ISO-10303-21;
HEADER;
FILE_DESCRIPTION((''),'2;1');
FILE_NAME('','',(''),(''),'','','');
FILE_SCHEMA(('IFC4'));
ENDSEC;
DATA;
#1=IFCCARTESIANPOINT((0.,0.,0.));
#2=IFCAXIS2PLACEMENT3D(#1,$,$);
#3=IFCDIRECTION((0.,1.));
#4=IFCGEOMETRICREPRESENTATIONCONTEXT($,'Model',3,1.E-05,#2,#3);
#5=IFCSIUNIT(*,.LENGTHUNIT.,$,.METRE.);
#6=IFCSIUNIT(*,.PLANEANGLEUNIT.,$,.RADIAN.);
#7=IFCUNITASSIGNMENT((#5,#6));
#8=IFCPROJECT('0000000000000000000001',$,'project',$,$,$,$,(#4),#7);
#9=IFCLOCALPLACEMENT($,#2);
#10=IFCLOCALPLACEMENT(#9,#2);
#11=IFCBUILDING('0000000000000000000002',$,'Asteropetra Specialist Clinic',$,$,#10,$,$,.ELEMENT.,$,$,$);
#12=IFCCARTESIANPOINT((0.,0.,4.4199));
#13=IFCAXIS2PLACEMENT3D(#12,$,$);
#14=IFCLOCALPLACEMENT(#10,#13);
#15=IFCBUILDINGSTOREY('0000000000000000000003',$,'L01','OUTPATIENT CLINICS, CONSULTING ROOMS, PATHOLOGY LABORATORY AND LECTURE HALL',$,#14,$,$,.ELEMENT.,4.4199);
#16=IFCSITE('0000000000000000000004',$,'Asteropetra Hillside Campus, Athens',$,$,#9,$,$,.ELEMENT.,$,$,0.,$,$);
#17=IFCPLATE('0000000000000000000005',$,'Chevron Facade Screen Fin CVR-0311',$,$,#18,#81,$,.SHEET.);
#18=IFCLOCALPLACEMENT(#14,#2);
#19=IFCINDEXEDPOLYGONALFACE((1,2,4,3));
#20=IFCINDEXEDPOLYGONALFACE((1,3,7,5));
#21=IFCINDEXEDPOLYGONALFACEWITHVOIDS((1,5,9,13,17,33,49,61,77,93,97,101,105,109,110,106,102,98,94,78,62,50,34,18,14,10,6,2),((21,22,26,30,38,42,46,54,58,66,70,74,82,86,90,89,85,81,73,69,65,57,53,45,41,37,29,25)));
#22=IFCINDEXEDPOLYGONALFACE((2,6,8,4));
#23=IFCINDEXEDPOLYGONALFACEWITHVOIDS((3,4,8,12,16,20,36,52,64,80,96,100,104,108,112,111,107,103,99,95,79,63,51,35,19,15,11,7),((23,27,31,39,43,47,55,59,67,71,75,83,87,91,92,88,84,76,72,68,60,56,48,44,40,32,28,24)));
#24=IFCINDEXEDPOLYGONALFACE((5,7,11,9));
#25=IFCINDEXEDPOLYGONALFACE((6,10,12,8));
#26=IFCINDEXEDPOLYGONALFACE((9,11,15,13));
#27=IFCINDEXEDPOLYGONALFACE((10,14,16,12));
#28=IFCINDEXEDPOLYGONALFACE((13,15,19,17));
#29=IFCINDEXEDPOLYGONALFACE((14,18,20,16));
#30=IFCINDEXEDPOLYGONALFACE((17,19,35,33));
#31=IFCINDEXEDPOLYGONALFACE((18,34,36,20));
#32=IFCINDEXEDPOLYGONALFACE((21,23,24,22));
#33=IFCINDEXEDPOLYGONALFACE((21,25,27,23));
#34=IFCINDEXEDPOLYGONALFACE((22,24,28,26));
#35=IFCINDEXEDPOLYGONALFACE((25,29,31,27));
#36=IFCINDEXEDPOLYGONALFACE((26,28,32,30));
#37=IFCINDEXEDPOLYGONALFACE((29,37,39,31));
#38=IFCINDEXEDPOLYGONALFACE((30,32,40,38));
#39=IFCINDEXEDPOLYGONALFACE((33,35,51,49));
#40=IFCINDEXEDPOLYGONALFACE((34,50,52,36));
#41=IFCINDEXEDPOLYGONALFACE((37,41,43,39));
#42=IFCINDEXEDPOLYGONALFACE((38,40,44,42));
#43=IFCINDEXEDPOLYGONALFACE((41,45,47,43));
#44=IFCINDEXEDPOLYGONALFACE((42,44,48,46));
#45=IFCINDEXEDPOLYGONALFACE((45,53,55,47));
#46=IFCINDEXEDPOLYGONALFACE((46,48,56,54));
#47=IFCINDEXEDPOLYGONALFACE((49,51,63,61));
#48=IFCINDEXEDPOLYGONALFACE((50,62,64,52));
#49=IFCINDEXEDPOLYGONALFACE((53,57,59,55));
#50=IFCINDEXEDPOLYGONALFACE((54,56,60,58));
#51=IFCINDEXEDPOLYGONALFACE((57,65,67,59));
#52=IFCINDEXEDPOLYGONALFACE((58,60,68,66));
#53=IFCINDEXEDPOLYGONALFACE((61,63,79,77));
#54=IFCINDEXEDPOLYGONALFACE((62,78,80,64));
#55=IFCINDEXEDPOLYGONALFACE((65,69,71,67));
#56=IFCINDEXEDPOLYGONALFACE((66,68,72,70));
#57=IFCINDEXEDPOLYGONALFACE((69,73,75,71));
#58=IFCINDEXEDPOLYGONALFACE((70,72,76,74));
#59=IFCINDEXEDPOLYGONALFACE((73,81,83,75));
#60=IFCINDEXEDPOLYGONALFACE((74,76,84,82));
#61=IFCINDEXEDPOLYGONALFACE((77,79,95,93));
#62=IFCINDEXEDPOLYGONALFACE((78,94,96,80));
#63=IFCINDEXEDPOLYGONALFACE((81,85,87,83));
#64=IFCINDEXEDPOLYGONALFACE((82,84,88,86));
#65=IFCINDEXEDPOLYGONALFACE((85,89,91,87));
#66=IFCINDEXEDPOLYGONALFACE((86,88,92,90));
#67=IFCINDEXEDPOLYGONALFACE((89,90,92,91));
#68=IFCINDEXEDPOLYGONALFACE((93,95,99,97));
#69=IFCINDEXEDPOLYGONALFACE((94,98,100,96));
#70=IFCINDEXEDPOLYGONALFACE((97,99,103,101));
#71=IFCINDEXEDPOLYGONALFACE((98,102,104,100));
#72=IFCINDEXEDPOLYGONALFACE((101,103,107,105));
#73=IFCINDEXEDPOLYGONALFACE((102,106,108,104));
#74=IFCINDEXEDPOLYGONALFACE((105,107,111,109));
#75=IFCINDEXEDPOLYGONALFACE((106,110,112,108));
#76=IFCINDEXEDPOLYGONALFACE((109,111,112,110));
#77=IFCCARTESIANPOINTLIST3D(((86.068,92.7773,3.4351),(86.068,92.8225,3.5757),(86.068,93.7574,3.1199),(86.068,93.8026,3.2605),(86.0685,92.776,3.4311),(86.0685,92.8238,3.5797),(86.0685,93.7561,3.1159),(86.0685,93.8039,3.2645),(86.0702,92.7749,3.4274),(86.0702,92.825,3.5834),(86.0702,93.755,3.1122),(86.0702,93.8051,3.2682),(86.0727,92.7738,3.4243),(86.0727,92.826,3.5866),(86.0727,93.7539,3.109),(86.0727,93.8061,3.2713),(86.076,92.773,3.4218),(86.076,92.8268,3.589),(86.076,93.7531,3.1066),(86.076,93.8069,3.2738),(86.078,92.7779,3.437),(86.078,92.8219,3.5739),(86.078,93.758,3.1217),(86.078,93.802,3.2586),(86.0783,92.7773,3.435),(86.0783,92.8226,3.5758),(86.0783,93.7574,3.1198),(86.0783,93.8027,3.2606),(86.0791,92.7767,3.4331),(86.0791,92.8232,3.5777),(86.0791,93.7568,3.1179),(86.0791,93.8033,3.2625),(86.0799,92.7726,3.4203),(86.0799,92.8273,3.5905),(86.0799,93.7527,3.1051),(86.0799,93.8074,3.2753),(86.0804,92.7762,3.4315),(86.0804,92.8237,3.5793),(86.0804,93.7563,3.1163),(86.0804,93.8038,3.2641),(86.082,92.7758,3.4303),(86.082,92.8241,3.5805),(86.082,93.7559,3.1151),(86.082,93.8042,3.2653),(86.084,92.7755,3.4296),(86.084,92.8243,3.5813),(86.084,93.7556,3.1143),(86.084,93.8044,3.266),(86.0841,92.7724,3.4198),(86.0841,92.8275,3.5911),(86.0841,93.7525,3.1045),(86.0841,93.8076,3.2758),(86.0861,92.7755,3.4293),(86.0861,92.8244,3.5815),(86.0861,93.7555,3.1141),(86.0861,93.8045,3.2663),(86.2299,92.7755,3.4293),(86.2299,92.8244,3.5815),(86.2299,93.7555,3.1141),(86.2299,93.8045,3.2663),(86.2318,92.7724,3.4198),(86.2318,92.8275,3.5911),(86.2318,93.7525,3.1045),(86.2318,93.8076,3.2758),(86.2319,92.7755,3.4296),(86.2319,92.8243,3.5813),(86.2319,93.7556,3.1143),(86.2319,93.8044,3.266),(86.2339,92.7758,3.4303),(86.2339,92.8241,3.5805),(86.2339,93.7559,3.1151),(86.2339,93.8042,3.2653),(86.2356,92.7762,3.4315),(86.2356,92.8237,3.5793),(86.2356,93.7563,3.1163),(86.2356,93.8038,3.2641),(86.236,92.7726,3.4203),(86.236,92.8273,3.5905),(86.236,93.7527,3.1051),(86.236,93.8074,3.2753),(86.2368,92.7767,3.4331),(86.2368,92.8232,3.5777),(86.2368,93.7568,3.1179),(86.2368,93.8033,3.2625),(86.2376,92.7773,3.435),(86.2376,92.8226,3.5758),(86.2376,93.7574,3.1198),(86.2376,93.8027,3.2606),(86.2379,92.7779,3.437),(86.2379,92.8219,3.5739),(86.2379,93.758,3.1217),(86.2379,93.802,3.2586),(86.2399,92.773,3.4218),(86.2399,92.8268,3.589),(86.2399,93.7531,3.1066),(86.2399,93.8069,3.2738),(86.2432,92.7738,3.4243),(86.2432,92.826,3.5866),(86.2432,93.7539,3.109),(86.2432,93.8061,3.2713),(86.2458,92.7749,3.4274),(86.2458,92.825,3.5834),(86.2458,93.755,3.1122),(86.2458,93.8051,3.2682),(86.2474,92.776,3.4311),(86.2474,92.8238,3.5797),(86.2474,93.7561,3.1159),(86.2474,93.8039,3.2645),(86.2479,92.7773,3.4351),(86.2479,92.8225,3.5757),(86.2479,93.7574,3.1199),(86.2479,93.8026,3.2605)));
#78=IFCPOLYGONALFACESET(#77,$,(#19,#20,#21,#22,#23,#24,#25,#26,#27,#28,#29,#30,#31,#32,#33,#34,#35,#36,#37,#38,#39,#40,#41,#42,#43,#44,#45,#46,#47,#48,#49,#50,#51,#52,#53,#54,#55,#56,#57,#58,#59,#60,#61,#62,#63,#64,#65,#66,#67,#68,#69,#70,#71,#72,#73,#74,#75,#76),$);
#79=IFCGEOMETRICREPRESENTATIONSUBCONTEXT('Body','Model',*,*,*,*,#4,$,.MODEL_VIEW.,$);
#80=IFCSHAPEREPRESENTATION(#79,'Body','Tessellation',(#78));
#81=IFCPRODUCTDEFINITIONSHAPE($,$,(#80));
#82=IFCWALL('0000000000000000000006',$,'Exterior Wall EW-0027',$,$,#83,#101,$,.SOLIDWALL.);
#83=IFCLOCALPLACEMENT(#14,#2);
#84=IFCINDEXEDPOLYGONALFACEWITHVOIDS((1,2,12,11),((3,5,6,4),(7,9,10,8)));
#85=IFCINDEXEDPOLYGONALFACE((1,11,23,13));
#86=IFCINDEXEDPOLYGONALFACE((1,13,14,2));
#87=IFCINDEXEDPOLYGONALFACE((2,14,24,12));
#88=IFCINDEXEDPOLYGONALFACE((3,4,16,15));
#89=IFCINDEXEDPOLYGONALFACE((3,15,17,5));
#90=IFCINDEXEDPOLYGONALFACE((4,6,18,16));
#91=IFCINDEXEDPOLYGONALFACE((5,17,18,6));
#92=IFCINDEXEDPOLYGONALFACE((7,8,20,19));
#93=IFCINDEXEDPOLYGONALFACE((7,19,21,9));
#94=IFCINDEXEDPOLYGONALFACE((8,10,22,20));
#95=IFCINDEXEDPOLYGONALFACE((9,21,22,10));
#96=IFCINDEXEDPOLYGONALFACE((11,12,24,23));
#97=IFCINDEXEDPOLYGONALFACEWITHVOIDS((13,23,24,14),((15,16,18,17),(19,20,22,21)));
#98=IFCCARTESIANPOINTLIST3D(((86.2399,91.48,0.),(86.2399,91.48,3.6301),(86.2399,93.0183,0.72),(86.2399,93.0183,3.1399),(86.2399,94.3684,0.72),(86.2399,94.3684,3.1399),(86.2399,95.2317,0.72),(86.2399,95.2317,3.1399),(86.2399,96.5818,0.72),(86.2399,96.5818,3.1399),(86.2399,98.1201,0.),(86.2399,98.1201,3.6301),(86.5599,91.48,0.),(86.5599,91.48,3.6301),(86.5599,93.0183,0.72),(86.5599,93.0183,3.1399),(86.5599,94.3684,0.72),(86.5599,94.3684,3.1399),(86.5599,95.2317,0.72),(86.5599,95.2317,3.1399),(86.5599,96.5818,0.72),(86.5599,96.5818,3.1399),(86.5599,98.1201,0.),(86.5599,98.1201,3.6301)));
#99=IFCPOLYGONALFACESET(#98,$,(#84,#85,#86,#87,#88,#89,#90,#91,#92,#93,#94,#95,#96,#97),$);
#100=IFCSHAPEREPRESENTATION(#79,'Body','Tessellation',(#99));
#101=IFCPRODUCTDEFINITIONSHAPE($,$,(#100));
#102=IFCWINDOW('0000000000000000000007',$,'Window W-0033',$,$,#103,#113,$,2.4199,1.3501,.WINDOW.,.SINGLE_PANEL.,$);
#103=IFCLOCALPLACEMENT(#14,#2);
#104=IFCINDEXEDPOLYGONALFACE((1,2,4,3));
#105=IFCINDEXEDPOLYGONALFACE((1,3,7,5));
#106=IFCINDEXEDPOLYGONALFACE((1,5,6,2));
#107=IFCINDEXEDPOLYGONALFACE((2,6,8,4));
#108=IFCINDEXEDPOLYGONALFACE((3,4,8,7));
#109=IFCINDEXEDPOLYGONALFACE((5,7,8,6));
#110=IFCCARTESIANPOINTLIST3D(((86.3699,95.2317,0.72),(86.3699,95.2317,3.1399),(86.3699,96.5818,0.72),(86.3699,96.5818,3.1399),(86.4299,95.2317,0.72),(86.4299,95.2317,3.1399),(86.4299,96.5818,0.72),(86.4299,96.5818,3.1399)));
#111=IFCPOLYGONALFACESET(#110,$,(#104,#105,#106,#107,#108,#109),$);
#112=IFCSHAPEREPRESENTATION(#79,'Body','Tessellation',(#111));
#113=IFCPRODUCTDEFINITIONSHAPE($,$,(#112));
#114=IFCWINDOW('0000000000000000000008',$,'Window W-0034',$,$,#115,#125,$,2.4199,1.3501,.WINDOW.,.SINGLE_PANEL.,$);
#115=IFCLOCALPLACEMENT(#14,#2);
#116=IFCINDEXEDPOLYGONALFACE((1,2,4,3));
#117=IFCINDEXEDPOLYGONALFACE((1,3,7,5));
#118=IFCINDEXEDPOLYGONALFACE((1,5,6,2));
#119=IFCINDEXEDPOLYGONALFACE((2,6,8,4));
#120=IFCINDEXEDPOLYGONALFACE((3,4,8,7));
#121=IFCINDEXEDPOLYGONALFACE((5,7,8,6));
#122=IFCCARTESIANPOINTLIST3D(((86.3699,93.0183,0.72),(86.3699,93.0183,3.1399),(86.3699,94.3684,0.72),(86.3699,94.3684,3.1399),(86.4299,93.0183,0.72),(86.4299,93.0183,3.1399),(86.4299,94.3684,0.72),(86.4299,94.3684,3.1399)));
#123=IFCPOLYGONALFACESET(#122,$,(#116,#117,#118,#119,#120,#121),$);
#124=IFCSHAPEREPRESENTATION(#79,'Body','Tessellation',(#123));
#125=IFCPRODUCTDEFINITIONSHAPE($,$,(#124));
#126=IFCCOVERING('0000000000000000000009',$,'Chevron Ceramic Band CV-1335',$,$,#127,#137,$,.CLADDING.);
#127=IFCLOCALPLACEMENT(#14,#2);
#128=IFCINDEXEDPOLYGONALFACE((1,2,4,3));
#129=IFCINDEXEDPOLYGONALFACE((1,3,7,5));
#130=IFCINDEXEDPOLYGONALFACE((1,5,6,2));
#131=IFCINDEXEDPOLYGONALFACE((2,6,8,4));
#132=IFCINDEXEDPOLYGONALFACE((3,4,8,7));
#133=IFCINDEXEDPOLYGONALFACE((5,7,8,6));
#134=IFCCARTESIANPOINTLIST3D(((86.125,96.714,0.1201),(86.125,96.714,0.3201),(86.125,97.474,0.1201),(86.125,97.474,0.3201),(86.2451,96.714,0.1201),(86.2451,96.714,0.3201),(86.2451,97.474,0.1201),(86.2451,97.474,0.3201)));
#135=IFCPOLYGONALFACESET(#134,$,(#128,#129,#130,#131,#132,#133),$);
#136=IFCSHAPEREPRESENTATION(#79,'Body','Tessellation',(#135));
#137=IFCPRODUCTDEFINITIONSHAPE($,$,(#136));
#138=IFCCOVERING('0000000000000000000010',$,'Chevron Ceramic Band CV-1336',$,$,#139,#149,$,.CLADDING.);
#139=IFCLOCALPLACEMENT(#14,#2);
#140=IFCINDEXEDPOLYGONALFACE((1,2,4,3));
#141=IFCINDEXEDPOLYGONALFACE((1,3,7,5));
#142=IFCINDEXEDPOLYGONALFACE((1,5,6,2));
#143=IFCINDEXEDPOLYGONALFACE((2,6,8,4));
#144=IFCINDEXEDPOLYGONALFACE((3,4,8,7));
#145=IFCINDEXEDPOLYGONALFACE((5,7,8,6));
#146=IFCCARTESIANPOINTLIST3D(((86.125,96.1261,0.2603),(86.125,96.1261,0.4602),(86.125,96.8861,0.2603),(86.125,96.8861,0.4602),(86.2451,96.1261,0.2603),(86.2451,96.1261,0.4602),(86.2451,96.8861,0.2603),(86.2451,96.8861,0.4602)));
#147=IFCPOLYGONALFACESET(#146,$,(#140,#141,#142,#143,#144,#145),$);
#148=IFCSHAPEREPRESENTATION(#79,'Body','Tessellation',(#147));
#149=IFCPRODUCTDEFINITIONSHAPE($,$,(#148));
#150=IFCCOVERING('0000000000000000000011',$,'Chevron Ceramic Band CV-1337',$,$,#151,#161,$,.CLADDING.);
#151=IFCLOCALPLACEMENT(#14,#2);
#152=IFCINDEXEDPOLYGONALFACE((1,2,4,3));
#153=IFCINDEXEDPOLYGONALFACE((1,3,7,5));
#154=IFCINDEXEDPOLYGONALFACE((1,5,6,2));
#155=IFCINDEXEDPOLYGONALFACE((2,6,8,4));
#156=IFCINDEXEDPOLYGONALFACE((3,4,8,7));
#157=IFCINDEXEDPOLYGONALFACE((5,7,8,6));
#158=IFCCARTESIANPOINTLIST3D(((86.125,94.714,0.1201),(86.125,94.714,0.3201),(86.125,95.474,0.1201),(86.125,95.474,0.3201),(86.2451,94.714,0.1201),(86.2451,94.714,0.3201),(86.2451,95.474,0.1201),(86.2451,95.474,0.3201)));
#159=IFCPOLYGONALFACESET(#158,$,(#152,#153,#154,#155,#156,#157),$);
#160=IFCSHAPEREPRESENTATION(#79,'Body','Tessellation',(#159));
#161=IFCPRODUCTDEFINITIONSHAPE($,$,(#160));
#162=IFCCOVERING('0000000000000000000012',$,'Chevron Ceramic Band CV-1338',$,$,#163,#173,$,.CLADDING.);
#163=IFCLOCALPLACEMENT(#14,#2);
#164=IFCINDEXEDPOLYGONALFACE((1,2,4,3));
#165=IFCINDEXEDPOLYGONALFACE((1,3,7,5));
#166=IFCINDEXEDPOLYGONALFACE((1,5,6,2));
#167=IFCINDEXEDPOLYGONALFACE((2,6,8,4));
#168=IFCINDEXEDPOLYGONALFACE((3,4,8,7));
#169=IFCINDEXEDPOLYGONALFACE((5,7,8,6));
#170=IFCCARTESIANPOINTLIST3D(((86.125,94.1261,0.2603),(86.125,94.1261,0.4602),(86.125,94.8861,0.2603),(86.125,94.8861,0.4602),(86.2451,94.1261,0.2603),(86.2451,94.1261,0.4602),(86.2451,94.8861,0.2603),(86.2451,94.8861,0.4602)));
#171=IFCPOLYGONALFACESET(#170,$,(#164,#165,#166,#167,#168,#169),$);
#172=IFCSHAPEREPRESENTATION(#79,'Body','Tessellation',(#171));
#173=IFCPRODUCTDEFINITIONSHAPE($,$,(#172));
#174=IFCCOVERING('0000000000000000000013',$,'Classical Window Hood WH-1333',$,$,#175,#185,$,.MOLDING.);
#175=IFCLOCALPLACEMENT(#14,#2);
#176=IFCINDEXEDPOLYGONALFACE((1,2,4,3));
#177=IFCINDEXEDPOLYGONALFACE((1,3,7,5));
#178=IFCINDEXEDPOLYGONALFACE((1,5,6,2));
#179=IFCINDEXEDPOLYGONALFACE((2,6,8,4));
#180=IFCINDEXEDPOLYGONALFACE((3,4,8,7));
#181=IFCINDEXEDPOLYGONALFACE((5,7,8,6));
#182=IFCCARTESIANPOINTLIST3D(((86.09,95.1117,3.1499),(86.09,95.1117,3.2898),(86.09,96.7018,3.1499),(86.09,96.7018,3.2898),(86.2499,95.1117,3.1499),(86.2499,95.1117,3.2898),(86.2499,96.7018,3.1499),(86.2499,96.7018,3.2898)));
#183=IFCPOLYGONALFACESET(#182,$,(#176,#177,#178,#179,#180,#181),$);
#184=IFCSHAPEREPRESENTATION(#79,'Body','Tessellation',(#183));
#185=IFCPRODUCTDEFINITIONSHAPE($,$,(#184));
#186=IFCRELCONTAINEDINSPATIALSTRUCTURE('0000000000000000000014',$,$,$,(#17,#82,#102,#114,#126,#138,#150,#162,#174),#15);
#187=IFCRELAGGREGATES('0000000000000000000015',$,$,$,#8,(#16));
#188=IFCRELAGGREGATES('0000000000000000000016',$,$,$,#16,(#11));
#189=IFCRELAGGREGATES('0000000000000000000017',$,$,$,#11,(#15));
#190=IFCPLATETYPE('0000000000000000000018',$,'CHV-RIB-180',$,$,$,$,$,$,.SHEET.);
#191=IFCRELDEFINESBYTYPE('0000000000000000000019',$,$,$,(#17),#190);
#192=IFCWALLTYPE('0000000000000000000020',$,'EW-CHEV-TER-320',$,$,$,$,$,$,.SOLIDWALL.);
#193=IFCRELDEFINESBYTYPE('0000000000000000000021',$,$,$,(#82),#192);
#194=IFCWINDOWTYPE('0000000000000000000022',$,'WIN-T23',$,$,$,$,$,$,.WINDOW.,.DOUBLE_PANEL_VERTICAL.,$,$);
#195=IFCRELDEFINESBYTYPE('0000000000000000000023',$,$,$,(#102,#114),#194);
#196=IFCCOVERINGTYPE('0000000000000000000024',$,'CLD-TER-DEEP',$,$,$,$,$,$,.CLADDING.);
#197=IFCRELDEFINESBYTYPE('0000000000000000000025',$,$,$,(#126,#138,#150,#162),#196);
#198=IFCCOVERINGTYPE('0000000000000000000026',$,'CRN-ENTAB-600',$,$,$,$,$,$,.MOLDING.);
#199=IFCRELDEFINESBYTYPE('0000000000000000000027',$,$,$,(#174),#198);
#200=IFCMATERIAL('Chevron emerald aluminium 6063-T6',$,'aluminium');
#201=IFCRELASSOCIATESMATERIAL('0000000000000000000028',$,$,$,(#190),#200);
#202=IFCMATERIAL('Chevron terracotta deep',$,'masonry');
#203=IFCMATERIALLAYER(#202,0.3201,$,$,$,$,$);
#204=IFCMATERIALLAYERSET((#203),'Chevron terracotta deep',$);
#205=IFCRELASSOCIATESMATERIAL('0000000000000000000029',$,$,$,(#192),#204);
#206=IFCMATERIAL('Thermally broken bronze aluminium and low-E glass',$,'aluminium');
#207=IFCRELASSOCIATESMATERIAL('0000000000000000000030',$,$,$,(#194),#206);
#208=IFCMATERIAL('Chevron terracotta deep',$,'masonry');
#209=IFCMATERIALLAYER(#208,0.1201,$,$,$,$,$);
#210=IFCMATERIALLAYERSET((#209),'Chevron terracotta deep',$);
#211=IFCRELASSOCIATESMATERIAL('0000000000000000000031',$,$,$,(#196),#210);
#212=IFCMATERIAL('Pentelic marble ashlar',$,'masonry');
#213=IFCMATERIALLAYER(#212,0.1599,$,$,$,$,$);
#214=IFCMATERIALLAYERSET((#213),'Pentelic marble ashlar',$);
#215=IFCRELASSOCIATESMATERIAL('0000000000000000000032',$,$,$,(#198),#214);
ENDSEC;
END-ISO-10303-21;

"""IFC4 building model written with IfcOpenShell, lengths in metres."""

from ifc_helpers import new_model, si_unit, direction, frame, frame_2d, origin, origin_2d, place, context, subcontext, project, spatial, rectangle, hollow_rectangle, extrude, material, layer, layer_set, material_profile, profile_set, type_object, element, fill, save


model = new_model("IFC4")

# Units and contexts
model_context = context("Model", 3, precision=1e-05, world=origin(), true_north=direction((0.0, 1.0)))
body_context = subcontext(model_context, "Body", "Model", "MODEL_VIEW")
ifc_project = project(units=[si_unit("LENGTHUNIT", "METRE"), si_unit("PLANEANGLEUNIT", "RADIAN")], contexts=[model_context])

# Site, building, storey
site_placement = place(None, origin())
site = spatial("IfcSite", under=ifc_project, at=site_placement, Name="Asteropetra Hillside Campus, Athens", CompositionType="ELEMENT", RefElevation=0.0)
building_placement = place(site_placement, origin())
building = spatial("IfcBuilding", under=site, at=building_placement, Name="Asteropetra Specialist Clinic", CompositionType="ELEMENT")
storey_placement = place(building_placement, frame((0.0, 0.0, 4.4199)))
storey = spatial("IfcBuildingStorey", under=building, at=storey_placement, Name="L01", Description="OUTPATIENT CLINICS, CONSULTING ROOMS, PATHOLOGY LABORATORY AND LECTURE HALL", CompositionType="ELEMENT", Elevation=4.4199)

# Plate
ifc_material_1 = material(Name="Chevron emerald aluminium 6063-T6", Category="aluminium")
ifc_material_profile_1 = material_profile(ifc_material_1, hollow_rectangle(XDim=0.1799, YDim=0.1799, WallThickness=0.01, InnerFilletRadius=0.0081, OuterFilletRadius=0.0161, at=origin_2d()), Name="SHS 180x180x10.0")
ifc_profile_set_1 = profile_set([ifc_material_profile_1], Name="Chevron emerald aluminium 6063-T6")
plate_type = type_object("IfcPlateType", Name="CHV-RIB-180", PredefinedType="SHEET", material=ifc_profile_set_1)
for number, where, z_axis, x_axis, name in (
    (1, (86.158, 93.78, 3.1902), (0.0, -0.951974, 0.306178), (1.0, 0.0, 0.0), "Chevron Facade Screen Fin CVR-0311"),
):
    element("IfcPlate", number, at=place(storey_placement, frame(where, z_axis=z_axis, x_axis=x_axis)), inside=storey, type_object=plate_type, Name=name, PredefinedType="SHEET", context=body_context, shape_type="SweptSolid", body=[
        extrude(hollow_rectangle(XDim=0.1799, YDim=0.1799, WallThickness=0.01, InnerFilletRadius=0.0081, OuterFilletRadius=0.0161, at=origin_2d()), origin(), (0.0, 0.0, 1.0), 1.0295),
    ])

# Wall, openings, windows
ifc_material_2 = material(Name="Chevron terracotta deep", Category="masonry")
ifc_layer_1 = layer(ifc_material_2, 0.3201)
ifc_layer_set_1 = layer_set([ifc_layer_1], Name="Chevron terracotta deep")
wall_type = type_object("IfcWallType", Name="EW-CHEV-TER-320", PredefinedType="SOLIDWALL", material=ifc_layer_set_1)
wall_placement = place(storey_placement, frame((86.3999, 98.1201, 0.0), z_axis=(0.0, 0.0, 1.0), x_axis=(0.0, -1.0, 0.0)))
wall = element("IfcWall", 2, at=wall_placement, inside=storey, type_object=wall_type, Name="Exterior Wall EW-0027", PredefinedType="SOLIDWALL", context=body_context, shape_type="SweptSolid", body=[
    extrude(rectangle(XDim=6.6401, YDim=0.3201, at=frame_2d((3.3201, 0.0))), origin(), (0.0, 0.0, 1.0), 3.6301),
])
opening_1_placement = place(wall_placement, frame((1.5383, 0.0, 0.72)))
opening_1 = element("IfcOpeningElement", 3, at=opening_1_placement, cuts=wall, PredefinedType="OPENING", context=body_context, shape_type="SweptSolid", body=[
    extrude(rectangle(XDim=1.3501, YDim=2.4199, at=frame_2d((0.675, 1.21))), frame((0.0, 0.1699, 0.0), z_axis=(0.0, -1.0, 0.0), x_axis=(1.0, 0.0, 0.0)), (0.0, 0.0, 1.0), 0.3401),
])
opening_2_placement = place(wall_placement, frame((3.7517, 0.0, 0.72)))
opening_2 = element("IfcOpeningElement", 4, at=opening_2_placement, cuts=wall, PredefinedType="OPENING", context=body_context, shape_type="SweptSolid", body=[
    extrude(rectangle(XDim=1.3501, YDim=2.4199, at=frame_2d((0.675, 1.21))), frame((0.0, 0.1699, 0.0), z_axis=(0.0, -1.0, 0.0), x_axis=(1.0, 0.0, 0.0)), (0.0, 0.0, 1.0), 0.3401),
])
ifc_material_3 = material(Name="Thermally broken bronze aluminium and low-E glass", Category="aluminium")
window_type = type_object("IfcWindowType", Name="WIN-T23", PartitioningType="DOUBLE_PANEL_VERTICAL", PredefinedType="WINDOW", material=ifc_material_3)
window_1_placement = place(opening_1_placement, origin())
window_1 = element("IfcWindow", 5, at=window_1_placement, inside=storey, type_object=window_type, Name="Window W-0033", OverallHeight=2.4199, OverallWidth=1.3501, PartitioningType="SINGLE_PANEL", PredefinedType="WINDOW", context=body_context, shape_type="SweptSolid", body=[
    extrude(rectangle(XDim=1.3501, YDim=2.4199, at=frame_2d((0.675, 1.21))), frame((0.0, 0.03, 0.0), z_axis=(0.0, -1.0, 0.0), x_axis=(1.0, 0.0, 0.0)), (0.0, 0.0, 1.0), 0.0601),
])
fill(opening_1, window_1)
window_2_placement = place(opening_2_placement, origin())
window_2 = element("IfcWindow", 6, at=window_2_placement, inside=storey, type_object=window_type, Name="Window W-0034", OverallHeight=2.4199, OverallWidth=1.3501, PartitioningType="SINGLE_PANEL", PredefinedType="WINDOW", context=body_context, shape_type="SweptSolid", body=[
    extrude(rectangle(XDim=1.3501, YDim=2.4199, at=frame_2d((0.675, 1.21))), frame((0.0, 0.03, 0.0), z_axis=(0.0, -1.0, 0.0), x_axis=(1.0, 0.0, 0.0)), (0.0, 0.0, 1.0), 0.0601),
])
fill(opening_2, window_2)

# Coverings
ifc_material_4 = material(Name="Chevron terracotta deep", Category="masonry")
ifc_layer_2 = layer(ifc_material_4, 0.1201)
ifc_layer_set_2 = layer_set([ifc_layer_2], Name="Chevron terracotta deep")
covering_type_1 = type_object("IfcCoveringType", Name="CLD-TER-DEEP", PredefinedType="CLADDING", material=ifc_layer_set_2)
for number, where, z_axis, x_axis, name in (
    (7, (86.1851, 97.094, 0.1201), (0.0, 0.0, 1.0), (1.0, 0.0, 0.0), "Chevron Ceramic Band CV-1335"),
    (8, (86.1851, 96.5061, 0.2603), (0.0, 0.0, 1.0), (1.0, 0.0, 0.0), "Chevron Ceramic Band CV-1336"),
    (9, (86.1851, 95.094, 0.1201), (0.0, 0.0, 1.0), (1.0, 0.0, 0.0), "Chevron Ceramic Band CV-1337"),
    (10, (86.1851, 94.5061, 0.2603), (0.0, 0.0, 1.0), (1.0, 0.0, 0.0), "Chevron Ceramic Band CV-1338"),
):
    element("IfcCovering", number, at=place(storey_placement, frame(where, z_axis=z_axis, x_axis=x_axis)), inside=storey, type_object=covering_type_1, Name=name, PredefinedType="CLADDING", context=body_context, shape_type="SweptSolid", body=[
        extrude(rectangle(XDim=0.1201, YDim=0.76, at=origin_2d()), origin(), (0.0, 0.0, 1.0), 0.2),
    ])
ifc_material_5 = material(Name="Pentelic marble ashlar", Category="masonry")
ifc_layer_3 = layer(ifc_material_5, 0.1599)
ifc_layer_set_3 = layer_set([ifc_layer_3], Name="Pentelic marble ashlar")
covering_type_2 = type_object("IfcCoveringType", Name="CRN-ENTAB-600", PredefinedType="MOLDING", material=ifc_layer_set_3)
covering_placement = place(storey_placement, frame((86.1699, 95.9067, 3.1499), z_axis=(0.0, 0.0, 1.0), x_axis=(1.0, 0.0, 0.0)))
element("IfcCovering", 11, at=covering_placement, inside=storey, type_object=covering_type_2, Name="Classical Window Hood WH-1333", PredefinedType="MOLDING", context=body_context, shape_type="SweptSolid", body=[
    extrude(rectangle(XDim=0.1599, YDim=1.5901, at=origin_2d()), origin(), (0.0, 0.0, 1.0), 0.1399),
])

save(model, "model.ifc")
